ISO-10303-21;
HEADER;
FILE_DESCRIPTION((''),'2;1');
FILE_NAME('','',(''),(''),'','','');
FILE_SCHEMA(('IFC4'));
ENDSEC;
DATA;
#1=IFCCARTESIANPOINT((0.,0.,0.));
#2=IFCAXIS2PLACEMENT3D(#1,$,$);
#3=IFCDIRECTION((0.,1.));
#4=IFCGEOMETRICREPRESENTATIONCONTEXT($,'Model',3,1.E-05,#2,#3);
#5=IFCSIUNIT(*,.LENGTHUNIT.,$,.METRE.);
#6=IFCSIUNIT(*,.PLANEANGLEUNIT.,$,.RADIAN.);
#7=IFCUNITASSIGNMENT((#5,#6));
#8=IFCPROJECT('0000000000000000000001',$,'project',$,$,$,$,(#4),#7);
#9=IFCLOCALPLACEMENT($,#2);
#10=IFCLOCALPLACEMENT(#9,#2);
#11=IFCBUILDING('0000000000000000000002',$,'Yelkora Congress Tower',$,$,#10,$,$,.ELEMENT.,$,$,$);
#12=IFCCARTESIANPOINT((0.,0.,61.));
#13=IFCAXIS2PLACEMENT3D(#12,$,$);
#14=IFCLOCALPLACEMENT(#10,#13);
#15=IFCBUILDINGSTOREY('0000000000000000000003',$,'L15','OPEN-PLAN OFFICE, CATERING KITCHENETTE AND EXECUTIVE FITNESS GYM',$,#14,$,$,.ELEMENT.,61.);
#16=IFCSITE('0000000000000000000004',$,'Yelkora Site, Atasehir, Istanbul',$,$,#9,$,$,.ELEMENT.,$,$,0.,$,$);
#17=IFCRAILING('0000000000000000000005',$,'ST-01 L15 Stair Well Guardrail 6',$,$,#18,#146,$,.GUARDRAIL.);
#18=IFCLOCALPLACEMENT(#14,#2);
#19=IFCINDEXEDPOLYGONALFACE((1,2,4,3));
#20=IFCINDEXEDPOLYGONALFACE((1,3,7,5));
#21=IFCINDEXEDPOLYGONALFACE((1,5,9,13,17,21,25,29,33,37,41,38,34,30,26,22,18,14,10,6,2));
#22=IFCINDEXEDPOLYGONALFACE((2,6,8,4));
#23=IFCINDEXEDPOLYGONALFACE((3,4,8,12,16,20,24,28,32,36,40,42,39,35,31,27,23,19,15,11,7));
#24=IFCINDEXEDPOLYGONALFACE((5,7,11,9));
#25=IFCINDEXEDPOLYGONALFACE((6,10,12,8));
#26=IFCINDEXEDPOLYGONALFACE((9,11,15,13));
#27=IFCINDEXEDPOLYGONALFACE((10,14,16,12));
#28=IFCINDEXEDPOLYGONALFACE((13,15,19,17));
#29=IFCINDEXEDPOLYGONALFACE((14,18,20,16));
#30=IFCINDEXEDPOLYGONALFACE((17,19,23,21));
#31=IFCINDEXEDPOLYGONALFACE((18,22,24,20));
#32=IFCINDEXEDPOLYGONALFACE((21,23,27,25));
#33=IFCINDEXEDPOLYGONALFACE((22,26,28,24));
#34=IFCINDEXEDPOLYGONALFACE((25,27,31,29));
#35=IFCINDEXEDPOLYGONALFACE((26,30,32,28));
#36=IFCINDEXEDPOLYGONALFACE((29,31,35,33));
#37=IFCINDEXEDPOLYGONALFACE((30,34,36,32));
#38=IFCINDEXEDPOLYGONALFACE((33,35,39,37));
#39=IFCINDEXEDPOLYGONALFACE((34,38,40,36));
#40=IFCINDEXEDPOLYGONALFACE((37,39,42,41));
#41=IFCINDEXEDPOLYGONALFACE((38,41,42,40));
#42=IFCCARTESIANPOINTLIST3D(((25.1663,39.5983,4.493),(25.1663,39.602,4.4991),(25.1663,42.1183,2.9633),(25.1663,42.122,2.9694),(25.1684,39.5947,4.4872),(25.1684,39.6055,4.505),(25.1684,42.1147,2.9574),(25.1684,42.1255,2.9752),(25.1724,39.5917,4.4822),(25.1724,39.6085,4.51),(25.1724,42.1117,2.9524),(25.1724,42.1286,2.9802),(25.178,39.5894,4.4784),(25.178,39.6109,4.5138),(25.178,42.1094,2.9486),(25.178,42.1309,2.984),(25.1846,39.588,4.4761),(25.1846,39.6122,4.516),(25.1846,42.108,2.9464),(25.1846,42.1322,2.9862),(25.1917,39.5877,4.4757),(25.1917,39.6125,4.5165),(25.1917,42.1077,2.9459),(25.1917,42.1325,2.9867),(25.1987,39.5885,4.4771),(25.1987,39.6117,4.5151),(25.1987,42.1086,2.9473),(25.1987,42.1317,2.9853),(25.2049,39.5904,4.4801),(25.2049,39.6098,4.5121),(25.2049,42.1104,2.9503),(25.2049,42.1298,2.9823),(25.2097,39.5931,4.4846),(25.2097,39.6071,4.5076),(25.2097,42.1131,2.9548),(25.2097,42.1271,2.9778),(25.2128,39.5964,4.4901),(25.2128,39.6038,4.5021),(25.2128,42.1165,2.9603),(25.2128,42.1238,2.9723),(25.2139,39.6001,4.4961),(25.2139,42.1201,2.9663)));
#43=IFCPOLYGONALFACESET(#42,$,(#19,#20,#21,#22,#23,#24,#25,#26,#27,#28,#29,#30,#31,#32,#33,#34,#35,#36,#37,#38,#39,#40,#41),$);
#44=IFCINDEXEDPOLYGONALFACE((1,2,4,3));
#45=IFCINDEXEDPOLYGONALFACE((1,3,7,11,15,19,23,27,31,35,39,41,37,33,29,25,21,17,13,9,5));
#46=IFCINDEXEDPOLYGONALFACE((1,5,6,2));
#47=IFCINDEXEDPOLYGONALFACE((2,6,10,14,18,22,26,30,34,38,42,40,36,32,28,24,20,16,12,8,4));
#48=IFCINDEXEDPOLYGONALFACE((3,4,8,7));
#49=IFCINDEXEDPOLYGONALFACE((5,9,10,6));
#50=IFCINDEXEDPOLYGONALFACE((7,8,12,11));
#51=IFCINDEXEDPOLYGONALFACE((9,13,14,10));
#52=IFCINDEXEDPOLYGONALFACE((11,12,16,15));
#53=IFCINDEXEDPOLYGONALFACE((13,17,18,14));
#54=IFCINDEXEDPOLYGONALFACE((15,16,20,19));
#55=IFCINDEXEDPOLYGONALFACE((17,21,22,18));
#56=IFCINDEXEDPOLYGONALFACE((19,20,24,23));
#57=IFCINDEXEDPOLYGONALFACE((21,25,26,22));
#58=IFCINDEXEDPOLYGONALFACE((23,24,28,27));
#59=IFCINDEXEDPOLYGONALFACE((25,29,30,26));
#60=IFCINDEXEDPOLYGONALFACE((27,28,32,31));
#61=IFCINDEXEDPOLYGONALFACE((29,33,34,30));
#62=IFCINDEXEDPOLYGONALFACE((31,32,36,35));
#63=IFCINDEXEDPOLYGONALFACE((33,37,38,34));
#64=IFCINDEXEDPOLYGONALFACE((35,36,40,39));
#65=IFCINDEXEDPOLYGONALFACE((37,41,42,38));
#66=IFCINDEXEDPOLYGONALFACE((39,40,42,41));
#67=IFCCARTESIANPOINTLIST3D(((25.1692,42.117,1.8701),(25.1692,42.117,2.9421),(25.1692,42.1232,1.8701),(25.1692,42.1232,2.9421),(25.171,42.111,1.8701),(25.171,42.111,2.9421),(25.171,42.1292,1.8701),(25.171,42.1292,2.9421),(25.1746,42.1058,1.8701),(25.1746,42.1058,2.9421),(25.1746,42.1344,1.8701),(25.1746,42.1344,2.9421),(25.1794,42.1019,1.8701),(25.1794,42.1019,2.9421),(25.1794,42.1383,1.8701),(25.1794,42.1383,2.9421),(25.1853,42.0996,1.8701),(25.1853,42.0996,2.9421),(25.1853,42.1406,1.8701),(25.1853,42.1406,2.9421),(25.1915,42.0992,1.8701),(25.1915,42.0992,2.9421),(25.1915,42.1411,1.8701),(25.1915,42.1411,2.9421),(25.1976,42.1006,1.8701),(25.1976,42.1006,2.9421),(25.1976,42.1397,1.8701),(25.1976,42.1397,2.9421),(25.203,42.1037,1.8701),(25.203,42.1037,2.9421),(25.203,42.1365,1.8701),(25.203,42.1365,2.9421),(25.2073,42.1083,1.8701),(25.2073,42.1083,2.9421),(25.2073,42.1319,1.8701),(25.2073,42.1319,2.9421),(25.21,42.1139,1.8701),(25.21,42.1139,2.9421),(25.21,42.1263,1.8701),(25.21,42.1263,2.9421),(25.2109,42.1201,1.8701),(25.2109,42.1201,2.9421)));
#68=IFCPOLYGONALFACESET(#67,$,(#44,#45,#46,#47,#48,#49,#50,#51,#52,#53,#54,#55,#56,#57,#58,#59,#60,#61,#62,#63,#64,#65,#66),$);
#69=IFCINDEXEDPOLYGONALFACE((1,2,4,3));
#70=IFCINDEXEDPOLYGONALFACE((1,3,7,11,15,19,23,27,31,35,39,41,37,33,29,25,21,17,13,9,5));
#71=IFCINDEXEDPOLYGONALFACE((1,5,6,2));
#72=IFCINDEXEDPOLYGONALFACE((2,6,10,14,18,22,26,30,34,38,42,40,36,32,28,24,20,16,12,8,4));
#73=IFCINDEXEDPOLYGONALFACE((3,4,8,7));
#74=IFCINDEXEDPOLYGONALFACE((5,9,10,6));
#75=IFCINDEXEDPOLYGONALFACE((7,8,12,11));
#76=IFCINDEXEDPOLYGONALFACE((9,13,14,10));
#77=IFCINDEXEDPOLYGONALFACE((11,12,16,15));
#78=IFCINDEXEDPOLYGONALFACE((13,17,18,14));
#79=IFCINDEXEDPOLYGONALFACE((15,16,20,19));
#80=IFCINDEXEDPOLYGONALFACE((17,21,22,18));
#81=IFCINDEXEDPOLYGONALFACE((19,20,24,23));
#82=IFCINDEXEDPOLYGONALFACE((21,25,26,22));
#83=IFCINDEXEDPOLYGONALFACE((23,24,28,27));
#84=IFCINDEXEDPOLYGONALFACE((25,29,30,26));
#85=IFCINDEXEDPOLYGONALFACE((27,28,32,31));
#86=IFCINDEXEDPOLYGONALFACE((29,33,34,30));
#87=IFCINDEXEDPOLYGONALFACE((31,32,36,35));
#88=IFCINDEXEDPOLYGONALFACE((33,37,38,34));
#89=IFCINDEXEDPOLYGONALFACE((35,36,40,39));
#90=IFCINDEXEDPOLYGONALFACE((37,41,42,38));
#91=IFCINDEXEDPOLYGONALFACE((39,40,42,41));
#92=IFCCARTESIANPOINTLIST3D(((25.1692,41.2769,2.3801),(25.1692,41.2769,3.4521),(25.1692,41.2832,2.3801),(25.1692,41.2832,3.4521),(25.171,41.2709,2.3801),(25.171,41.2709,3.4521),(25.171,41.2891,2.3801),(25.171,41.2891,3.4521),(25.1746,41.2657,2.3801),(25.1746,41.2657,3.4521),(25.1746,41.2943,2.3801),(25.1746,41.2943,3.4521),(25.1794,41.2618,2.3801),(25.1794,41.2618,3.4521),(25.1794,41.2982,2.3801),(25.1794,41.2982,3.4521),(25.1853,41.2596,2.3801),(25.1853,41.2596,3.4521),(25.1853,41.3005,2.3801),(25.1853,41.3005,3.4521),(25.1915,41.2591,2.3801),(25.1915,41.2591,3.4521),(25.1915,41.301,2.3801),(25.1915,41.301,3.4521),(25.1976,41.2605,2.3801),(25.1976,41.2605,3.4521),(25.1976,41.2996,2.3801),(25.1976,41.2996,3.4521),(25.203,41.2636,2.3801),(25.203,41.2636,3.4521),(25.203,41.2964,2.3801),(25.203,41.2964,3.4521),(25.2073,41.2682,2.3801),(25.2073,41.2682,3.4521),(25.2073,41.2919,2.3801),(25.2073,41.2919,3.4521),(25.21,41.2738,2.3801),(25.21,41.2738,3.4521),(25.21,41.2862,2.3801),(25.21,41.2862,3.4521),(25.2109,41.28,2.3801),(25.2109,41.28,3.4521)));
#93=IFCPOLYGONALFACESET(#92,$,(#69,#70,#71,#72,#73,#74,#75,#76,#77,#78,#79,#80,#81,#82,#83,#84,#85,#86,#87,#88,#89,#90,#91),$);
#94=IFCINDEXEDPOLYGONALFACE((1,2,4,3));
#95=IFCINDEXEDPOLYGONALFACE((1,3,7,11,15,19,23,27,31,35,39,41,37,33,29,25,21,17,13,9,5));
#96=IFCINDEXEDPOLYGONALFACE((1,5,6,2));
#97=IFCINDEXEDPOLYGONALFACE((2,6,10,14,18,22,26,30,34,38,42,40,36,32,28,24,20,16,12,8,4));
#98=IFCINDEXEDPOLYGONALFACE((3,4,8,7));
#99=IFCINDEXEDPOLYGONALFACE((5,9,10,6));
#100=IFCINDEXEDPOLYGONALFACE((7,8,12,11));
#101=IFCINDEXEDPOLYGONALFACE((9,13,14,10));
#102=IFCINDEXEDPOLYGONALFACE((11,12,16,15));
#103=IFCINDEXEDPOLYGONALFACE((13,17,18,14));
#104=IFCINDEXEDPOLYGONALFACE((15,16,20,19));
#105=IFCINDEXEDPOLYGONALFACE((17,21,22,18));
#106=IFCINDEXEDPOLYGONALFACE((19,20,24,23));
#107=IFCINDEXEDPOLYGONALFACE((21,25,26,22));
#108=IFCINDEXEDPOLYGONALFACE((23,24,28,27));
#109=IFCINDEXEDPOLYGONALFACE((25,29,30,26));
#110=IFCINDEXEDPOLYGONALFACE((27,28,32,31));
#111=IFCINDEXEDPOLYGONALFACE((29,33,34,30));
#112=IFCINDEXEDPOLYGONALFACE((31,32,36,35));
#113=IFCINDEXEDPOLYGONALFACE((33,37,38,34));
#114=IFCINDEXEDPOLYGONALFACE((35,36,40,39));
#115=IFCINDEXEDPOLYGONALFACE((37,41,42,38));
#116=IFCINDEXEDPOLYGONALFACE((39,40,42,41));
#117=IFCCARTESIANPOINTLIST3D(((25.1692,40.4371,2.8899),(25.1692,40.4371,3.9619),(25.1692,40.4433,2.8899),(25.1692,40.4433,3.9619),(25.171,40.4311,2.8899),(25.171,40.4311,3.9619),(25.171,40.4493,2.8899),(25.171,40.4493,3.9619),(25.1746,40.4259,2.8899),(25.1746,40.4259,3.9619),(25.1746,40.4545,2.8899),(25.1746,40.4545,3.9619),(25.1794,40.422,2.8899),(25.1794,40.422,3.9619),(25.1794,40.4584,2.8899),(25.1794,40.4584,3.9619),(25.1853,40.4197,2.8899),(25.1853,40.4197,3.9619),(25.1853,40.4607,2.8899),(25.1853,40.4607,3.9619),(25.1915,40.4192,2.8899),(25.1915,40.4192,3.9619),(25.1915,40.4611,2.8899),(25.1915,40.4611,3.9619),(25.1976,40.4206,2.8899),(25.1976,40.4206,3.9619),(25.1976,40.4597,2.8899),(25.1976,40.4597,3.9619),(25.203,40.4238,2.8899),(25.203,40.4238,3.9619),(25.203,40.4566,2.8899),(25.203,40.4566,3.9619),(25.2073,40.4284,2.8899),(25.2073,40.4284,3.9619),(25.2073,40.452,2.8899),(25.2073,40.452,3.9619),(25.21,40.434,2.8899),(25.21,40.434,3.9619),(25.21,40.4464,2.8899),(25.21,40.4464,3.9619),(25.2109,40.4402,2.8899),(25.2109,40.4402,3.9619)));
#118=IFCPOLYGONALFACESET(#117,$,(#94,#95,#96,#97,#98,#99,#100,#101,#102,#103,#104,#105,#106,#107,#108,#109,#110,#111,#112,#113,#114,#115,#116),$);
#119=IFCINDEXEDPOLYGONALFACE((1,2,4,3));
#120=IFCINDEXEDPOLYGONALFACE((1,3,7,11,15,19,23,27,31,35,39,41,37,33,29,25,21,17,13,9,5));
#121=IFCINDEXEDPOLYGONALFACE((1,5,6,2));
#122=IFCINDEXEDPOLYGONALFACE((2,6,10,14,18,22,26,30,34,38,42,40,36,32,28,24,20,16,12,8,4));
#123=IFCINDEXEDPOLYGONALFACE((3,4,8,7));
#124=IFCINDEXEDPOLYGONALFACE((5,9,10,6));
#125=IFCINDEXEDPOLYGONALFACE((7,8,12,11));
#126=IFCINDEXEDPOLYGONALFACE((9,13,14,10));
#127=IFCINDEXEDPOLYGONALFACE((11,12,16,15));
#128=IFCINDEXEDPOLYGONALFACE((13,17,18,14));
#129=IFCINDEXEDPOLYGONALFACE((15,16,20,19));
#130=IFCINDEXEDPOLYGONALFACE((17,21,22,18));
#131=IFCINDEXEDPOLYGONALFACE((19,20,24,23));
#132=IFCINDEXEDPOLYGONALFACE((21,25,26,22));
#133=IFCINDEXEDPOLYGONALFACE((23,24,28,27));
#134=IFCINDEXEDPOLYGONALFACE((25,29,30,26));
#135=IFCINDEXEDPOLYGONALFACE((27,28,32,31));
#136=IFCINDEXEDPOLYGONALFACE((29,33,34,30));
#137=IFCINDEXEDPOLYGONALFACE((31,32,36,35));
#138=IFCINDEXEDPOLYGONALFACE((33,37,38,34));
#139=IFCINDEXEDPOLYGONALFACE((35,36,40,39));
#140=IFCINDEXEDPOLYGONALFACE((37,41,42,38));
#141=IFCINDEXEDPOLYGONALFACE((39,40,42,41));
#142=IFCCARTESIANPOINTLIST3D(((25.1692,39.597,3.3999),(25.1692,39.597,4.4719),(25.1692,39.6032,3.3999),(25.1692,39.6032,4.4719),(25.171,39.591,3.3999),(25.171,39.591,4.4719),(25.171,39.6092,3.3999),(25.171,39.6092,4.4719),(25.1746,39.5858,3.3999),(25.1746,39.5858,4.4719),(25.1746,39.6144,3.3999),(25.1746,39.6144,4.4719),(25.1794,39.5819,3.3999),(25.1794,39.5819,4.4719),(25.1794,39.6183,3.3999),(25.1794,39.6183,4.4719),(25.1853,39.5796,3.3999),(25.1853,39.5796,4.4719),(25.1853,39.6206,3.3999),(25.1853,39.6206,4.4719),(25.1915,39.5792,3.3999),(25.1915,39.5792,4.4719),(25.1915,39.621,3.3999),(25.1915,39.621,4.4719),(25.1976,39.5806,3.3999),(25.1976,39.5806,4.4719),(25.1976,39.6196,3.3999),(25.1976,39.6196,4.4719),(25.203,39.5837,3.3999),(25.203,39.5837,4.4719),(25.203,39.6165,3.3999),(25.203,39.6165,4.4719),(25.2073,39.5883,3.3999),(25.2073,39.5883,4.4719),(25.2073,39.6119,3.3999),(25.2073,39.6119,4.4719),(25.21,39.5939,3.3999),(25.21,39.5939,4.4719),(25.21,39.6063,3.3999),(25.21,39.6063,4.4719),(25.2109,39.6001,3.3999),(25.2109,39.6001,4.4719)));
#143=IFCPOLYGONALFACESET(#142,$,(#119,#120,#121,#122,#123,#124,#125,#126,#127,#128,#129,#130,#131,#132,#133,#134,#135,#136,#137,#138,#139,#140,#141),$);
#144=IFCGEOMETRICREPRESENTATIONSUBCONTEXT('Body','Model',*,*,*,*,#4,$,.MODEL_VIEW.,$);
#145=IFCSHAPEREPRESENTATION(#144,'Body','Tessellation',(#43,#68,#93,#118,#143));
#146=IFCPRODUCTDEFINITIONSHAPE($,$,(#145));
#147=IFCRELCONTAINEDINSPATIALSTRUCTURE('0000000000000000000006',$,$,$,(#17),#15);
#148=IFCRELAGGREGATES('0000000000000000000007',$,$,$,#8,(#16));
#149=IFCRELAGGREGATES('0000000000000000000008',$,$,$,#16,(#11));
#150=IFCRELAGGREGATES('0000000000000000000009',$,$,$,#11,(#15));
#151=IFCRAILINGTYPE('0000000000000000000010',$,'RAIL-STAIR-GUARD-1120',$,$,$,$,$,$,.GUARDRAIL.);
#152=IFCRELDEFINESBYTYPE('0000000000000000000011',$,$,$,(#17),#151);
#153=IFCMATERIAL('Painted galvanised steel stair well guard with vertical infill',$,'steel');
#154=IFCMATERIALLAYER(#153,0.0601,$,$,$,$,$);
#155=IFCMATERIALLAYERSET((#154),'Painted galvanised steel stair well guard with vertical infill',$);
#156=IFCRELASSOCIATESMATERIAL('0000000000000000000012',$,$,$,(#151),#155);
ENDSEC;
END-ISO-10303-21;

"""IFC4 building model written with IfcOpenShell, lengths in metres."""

from ifc_helpers import new_model, si_unit, direction, frame, origin, origin_2d, place, context, subcontext, project, spatial, circle, extrude, material, layer, layer_set, type_object, element, save


model = new_model("IFC4")

# Units and contexts
model_context = context("Model", 3, precision=1e-05, world=origin(), true_north=direction((0.0, 1.0)))
body_context = subcontext(model_context, "Body", "Model", "MODEL_VIEW")
ifc_project = project(units=[si_unit("LENGTHUNIT", "METRE"), si_unit("PLANEANGLEUNIT", "RADIAN")], contexts=[model_context])

# Site, building, storey
site_placement = place(None, origin())
site = spatial("IfcSite", under=ifc_project, at=site_placement, Name="Yelkora Site, Atasehir, Istanbul", CompositionType="ELEMENT", RefElevation=0.0)
building_placement = place(site_placement, origin())
building = spatial("IfcBuilding", under=site, at=building_placement, Name="Yelkora Congress Tower", CompositionType="ELEMENT")
storey_placement = place(building_placement, frame((0.0, 0.0, 61.0)))
storey = spatial("IfcBuildingStorey", under=building, at=storey_placement, Name="L15", Description="OPEN-PLAN OFFICE, CATERING KITCHENETTE AND EXECUTIVE FITNESS GYM", CompositionType="ELEMENT", Elevation=61.0)

# Railing
ifc_material_1 = material(Name="Painted galvanised steel stair well guard with vertical infill", Category="steel")
ifc_layer_1 = layer(ifc_material_1, 0.0601)
ifc_layer_set_1 = layer_set([ifc_layer_1], Name="Painted galvanised steel stair well guard with vertical infill")
railing_type_1 = type_object("IfcRailingType", Name="RAIL-STAIR-GUARD-1120", PredefinedType="GUARDRAIL", material=ifc_layer_set_1)
railing_1_placement = place(storey_placement, frame((25.1899, 42.1201, 1.8701)))
element("IfcRailing", 1, at=railing_1_placement, inside=storey, type_object=railing_type_1, Name="ST-01 L15 Stair Well Guardrail 6", PredefinedType="GUARDRAIL", context=body_context, shape_type="SweptSolid", body=[
    extrude(circle(Radius=0.0239, at=origin_2d()), frame((0.0, 0.0, 1.0962), z_axis=(0.0, -0.854822, 0.518922), x_axis=(1.0, 0.0, 0.0)), (0.0, 0.0, 1.0), 2.948),
    extrude(circle(Radius=0.021, at=origin_2d()), origin(), (0.0, 0.0, 1.0), 1.072),
    extrude(circle(Radius=0.021, at=origin_2d()), frame((0.0, -0.8401, 0.51)), (0.0, 0.0, 1.0), 1.072),
    extrude(circle(Radius=0.021, at=origin_2d()), frame((0.0, -1.6799, 1.0198)), (0.0, 0.0, 1.0), 1.072),
    extrude(circle(Radius=0.021, at=origin_2d()), frame((0.0, -2.52, 1.5298)), (0.0, 0.0, 1.0), 1.072),
])

save(model, "model.ifc")
